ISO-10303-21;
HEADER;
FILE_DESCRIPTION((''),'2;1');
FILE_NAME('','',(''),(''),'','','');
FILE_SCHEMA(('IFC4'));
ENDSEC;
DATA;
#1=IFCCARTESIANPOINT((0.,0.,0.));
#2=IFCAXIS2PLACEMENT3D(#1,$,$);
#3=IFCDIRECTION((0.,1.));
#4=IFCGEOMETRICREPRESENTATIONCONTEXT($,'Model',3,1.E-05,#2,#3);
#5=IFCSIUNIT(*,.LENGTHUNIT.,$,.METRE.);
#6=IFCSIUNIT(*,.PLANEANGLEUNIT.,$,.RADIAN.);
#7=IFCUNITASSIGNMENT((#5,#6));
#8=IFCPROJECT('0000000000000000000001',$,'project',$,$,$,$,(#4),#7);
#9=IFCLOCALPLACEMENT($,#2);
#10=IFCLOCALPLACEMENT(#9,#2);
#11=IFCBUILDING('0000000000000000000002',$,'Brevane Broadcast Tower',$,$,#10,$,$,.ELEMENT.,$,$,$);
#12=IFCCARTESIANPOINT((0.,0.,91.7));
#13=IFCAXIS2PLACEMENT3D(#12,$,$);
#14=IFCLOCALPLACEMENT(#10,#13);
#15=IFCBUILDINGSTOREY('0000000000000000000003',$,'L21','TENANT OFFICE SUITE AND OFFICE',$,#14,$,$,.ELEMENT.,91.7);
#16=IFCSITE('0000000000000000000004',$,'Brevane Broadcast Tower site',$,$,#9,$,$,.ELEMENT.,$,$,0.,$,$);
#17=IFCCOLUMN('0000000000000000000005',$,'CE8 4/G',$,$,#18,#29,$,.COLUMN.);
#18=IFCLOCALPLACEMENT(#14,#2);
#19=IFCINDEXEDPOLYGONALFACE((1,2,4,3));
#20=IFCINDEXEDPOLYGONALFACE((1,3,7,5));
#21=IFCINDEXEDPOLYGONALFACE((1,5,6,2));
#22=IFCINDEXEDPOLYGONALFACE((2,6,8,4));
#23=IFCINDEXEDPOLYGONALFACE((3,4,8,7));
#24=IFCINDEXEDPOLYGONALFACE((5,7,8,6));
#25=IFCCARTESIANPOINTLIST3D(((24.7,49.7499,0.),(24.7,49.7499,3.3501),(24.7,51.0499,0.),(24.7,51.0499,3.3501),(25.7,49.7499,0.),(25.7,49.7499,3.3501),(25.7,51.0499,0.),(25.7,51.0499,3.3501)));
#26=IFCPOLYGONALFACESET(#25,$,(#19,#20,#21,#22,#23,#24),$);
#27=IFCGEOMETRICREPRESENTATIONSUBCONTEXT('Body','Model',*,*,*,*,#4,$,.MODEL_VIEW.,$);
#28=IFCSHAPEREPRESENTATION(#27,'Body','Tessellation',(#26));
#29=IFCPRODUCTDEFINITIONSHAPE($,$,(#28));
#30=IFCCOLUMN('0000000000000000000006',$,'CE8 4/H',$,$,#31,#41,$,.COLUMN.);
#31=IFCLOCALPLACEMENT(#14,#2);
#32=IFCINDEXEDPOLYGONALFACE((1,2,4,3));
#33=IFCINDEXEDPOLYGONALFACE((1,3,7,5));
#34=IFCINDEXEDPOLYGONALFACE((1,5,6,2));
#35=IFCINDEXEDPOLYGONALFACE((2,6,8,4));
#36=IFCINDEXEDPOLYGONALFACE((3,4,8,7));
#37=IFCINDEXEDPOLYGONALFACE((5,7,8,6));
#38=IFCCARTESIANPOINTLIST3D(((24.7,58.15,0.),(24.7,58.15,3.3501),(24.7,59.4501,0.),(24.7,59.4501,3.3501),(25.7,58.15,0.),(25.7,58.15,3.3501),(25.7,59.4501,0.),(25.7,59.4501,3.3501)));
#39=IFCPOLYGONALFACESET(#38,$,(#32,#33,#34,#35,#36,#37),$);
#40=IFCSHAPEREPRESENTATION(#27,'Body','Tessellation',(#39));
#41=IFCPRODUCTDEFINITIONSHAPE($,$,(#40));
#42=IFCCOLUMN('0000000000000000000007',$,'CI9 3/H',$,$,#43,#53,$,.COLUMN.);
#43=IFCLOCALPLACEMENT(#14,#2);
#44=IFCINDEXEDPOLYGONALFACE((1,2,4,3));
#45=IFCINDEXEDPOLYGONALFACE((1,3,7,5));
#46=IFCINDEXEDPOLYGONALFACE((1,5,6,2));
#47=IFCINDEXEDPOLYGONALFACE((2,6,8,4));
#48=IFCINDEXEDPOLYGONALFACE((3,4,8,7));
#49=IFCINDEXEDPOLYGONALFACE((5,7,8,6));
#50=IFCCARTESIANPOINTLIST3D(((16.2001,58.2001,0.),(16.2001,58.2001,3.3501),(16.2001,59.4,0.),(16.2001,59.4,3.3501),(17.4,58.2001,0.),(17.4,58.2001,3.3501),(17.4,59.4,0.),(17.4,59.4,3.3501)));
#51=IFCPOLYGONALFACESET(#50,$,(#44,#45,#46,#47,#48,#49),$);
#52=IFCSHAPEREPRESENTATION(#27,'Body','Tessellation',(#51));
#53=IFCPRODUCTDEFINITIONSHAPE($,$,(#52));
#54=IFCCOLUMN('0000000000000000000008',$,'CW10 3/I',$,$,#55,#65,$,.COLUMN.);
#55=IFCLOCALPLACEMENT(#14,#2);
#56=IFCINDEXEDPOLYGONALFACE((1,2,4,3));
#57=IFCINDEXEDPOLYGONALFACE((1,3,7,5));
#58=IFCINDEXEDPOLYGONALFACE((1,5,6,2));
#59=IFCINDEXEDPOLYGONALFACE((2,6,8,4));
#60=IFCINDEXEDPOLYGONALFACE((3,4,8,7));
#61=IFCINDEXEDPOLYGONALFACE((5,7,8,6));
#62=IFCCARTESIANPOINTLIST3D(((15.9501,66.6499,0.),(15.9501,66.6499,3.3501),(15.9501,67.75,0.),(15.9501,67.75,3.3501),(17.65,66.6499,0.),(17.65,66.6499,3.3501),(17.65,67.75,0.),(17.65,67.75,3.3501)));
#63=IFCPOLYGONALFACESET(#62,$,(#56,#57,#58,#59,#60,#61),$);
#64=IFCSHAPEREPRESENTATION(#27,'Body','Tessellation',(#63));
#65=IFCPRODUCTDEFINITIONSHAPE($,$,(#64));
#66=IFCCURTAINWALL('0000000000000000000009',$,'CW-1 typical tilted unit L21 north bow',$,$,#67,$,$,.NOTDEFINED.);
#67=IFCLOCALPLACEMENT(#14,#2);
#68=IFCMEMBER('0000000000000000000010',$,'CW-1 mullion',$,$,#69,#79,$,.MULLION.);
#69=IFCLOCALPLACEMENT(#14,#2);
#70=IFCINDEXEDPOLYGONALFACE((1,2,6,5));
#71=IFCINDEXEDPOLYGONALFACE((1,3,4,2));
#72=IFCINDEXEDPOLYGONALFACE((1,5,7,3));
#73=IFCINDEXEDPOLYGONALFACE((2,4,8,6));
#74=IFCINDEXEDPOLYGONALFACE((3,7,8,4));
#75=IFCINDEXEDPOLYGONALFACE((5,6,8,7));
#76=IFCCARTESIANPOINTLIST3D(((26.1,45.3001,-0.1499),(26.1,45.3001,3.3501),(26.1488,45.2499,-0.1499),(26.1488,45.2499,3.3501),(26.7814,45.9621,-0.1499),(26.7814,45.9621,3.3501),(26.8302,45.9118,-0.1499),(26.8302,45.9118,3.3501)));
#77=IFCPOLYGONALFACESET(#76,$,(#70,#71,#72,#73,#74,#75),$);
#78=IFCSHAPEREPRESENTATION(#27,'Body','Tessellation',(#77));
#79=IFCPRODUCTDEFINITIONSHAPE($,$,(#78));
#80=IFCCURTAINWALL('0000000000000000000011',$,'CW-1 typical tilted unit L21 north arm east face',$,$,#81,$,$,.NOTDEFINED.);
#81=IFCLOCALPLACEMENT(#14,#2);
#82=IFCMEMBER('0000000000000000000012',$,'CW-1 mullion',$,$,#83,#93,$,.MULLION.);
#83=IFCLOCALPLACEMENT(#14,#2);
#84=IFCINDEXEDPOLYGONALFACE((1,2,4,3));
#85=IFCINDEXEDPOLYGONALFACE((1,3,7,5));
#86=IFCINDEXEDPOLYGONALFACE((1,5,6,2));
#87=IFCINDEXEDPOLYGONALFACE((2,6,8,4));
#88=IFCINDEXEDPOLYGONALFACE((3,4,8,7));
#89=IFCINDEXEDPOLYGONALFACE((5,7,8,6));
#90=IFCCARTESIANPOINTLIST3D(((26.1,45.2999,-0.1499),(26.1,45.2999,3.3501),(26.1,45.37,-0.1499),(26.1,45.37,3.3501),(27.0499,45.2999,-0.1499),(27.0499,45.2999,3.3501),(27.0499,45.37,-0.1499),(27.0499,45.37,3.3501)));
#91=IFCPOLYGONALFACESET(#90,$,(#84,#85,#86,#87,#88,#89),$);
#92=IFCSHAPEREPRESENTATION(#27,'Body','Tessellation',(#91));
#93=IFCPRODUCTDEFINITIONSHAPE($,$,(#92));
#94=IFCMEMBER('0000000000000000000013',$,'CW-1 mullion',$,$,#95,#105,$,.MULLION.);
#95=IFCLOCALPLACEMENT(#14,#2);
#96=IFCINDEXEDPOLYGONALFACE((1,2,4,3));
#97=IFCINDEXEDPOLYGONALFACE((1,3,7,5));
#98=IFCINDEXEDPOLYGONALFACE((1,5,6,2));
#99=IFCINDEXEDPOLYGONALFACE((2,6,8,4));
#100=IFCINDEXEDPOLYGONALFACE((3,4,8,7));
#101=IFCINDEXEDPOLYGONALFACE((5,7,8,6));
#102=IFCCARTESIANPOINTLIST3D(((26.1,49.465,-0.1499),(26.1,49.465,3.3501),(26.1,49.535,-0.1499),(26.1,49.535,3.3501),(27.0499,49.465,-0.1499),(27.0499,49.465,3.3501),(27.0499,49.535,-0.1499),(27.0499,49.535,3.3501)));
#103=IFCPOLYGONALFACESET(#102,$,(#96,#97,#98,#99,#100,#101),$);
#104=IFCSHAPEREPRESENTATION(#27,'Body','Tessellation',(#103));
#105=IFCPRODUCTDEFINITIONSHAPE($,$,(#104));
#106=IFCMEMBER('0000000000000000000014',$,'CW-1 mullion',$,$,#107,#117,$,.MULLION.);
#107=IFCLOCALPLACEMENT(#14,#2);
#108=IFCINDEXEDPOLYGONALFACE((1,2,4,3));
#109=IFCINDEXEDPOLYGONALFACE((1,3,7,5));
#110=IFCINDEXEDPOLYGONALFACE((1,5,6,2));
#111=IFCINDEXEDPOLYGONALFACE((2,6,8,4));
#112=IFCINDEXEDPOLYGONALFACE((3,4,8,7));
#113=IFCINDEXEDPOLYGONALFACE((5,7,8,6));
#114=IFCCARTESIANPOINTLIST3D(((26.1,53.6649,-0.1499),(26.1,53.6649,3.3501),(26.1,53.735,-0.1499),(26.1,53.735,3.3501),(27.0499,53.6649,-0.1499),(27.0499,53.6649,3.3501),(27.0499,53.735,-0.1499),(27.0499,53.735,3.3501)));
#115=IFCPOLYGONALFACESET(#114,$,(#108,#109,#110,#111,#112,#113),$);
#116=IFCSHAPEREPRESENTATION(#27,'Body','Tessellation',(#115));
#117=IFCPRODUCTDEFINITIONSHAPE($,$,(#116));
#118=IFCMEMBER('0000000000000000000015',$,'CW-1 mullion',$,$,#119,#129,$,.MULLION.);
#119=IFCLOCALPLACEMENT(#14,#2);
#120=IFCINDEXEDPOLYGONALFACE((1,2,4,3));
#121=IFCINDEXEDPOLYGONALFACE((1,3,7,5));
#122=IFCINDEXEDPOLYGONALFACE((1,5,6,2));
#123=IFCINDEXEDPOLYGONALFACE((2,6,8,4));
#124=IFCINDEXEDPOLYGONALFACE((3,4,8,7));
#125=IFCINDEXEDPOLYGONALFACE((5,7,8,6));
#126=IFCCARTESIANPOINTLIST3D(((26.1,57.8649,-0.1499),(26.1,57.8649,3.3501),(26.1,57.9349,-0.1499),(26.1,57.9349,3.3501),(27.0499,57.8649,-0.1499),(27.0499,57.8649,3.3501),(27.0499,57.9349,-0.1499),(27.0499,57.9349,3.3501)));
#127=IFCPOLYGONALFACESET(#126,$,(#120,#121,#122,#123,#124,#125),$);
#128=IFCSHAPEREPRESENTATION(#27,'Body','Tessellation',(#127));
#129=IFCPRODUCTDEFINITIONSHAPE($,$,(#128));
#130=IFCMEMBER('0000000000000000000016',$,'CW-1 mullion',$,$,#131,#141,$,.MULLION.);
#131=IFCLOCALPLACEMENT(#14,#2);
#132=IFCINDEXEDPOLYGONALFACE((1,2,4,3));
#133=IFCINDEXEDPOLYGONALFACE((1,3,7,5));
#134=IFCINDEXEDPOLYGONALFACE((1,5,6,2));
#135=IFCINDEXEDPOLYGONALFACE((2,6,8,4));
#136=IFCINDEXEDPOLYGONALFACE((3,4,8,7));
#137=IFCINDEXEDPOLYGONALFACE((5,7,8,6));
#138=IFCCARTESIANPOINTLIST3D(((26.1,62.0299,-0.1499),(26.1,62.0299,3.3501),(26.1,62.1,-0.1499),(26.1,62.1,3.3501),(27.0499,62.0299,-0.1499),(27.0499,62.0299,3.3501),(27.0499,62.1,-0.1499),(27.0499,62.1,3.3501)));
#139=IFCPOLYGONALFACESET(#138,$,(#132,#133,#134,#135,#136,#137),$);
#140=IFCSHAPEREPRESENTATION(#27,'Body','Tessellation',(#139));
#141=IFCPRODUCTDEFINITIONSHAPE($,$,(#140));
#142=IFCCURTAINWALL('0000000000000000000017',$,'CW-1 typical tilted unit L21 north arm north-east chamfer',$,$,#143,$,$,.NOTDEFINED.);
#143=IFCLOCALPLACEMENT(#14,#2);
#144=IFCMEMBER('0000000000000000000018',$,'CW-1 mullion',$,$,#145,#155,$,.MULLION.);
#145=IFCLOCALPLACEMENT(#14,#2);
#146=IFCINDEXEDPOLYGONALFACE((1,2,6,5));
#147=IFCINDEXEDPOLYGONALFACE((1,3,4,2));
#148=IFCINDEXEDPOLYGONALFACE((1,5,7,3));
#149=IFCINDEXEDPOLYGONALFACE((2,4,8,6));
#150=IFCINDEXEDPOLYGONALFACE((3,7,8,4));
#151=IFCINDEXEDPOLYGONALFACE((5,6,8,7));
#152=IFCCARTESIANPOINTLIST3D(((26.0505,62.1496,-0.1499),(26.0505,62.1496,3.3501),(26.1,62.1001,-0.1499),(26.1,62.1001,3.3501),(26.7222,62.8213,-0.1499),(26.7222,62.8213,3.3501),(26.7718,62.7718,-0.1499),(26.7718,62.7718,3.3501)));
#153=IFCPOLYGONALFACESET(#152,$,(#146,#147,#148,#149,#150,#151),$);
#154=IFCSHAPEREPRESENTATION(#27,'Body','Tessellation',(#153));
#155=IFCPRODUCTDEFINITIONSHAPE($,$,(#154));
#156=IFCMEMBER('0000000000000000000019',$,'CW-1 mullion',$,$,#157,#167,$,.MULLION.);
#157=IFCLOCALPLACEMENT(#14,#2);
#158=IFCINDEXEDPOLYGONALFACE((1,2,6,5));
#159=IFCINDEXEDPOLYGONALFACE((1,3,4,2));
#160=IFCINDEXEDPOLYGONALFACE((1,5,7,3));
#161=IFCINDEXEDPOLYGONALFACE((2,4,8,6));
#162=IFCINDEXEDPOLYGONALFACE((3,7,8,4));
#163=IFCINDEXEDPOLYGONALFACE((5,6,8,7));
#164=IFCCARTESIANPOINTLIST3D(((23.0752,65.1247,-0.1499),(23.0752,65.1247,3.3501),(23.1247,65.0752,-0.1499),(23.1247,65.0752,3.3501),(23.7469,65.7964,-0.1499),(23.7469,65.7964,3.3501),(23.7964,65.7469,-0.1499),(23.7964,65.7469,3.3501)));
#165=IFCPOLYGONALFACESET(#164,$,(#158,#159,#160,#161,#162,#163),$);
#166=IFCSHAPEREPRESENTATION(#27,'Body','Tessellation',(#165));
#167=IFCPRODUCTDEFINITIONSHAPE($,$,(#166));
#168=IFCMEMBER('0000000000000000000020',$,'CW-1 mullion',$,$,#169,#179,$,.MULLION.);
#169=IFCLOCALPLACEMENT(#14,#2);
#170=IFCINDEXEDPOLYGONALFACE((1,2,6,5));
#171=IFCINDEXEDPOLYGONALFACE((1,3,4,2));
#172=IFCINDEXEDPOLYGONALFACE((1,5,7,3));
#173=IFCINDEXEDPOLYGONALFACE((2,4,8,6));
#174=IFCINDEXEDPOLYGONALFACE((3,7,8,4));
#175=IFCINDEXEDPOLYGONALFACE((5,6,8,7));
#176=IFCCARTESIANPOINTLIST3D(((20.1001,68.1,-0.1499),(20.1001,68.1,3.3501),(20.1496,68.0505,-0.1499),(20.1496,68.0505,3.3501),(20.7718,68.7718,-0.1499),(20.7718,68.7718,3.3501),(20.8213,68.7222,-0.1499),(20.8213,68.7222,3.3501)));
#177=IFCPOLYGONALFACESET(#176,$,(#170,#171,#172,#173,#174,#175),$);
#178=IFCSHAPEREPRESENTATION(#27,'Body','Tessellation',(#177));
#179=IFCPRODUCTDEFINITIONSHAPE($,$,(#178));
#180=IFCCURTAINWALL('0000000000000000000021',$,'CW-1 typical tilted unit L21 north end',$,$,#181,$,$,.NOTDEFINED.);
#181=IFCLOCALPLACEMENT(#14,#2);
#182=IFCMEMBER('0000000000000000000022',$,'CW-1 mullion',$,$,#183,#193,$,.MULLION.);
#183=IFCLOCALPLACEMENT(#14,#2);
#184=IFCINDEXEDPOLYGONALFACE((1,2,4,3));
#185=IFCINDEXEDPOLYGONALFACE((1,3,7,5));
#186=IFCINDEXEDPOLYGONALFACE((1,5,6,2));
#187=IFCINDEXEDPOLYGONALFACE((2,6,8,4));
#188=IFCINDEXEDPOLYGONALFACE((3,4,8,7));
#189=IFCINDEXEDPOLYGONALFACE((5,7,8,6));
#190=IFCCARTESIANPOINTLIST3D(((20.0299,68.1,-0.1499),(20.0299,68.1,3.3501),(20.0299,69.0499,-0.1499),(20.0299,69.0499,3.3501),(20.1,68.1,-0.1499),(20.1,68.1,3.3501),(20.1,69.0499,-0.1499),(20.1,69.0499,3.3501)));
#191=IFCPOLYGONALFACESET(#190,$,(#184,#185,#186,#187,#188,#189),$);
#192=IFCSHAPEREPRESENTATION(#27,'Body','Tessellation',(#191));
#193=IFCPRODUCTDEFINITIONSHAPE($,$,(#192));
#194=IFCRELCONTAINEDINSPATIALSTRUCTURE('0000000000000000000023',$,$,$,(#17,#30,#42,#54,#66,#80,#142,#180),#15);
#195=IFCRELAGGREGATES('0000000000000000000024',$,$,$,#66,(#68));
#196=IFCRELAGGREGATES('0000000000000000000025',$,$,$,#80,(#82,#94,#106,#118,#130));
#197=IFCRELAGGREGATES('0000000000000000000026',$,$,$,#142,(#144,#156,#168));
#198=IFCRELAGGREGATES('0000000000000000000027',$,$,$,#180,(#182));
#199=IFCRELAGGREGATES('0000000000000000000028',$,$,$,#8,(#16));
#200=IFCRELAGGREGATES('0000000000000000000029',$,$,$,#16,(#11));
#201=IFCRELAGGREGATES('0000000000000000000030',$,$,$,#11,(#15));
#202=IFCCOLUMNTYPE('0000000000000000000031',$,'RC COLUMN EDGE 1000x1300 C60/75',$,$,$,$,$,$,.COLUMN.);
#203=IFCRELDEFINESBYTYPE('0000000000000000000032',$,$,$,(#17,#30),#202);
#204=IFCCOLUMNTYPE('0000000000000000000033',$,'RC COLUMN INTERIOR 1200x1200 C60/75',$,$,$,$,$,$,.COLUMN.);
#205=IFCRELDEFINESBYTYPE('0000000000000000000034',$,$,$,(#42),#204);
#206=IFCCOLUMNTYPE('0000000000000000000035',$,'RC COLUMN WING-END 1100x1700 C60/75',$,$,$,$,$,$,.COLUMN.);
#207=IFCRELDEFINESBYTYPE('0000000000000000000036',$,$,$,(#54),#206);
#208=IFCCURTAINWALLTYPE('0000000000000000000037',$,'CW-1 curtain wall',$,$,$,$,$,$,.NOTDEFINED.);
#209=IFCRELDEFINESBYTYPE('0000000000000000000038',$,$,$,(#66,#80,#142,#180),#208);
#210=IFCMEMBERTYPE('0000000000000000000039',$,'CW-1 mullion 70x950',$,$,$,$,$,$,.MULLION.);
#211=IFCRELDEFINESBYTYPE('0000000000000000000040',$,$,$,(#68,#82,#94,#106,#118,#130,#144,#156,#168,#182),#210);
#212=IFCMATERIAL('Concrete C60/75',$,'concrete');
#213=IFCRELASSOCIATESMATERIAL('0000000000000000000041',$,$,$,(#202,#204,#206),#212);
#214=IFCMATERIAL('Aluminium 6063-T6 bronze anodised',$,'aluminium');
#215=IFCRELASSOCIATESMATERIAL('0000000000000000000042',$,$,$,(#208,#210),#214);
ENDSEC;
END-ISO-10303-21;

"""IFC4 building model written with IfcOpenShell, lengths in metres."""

from ifc_helpers import new_model, si_unit, direction, frame, origin, origin_2d, place, context, subcontext, project, spatial, rectangle, extrude, material, material_profile, profile_set, type_object, element, aggregate, save


model = new_model("IFC4")

# Units and contexts
model_context = context("Model", 3, precision=1e-05, world=origin(), true_north=direction((0.0, 1.0)))
body_context = subcontext(model_context, "Body", "Model", "MODEL_VIEW")
ifc_project = project(units=[si_unit("LENGTHUNIT", "METRE"), si_unit("PLANEANGLEUNIT", "RADIAN")], contexts=[model_context])

# Site, building, storey
site_placement = place(None, origin())
site = spatial("IfcSite", under=ifc_project, at=site_placement, Name="Brevane Broadcast Tower site", CompositionType="ELEMENT", RefElevation=0.0)
building_placement = place(site_placement, origin())
building = spatial("IfcBuilding", under=site, at=building_placement, Name="Brevane Broadcast Tower", CompositionType="ELEMENT")
storey_placement = place(building_placement, frame((0.0, 0.0, 91.7)))
storey = spatial("IfcBuildingStorey", under=building, at=storey_placement, Name="L21", Description="TENANT OFFICE SUITE AND OFFICE", CompositionType="ELEMENT", Elevation=91.7)

# Columns
ifc_material_1 = material(Name="Concrete C60/75", Category="concrete")
ifc_material_profile_1 = material_profile(ifc_material_1, rectangle(XDim=1.0, YDim=1.3, at=origin_2d()), Name="RC 1000x1300")
ifc_profile_set_1 = profile_set([ifc_material_profile_1], Name="Concrete C60/75")
column_type_1 = type_object("IfcColumnType", Name="RC COLUMN EDGE 1000x1300 C60/75", PredefinedType="COLUMN", material=ifc_profile_set_1)
for number, where, z_axis, x_axis, name in (
    (1, (25.2, 50.3999, 0.0), (0.0, 0.0, 1.0), (1.0, 0.0, 0.0), "CE8 4/G"),
    (2, (25.2, 58.8, 0.0), (0.0, 0.0, 1.0), (1.0, 0.0, 0.0), "CE8 4/H"),
):
    element("IfcColumn", number, at=place(storey_placement, frame(where, z_axis=z_axis, x_axis=x_axis)), inside=storey, type_object=column_type_1, Name=name, PredefinedType="COLUMN", context=body_context, shape_type="SweptSolid", body=[
        extrude(rectangle(XDim=1.0, YDim=1.3, at=origin_2d()), origin(), (0.0, 0.0, 1.0), 3.3501),
    ])
ifc_material_profile_2 = material_profile(ifc_material_1, rectangle(XDim=1.2, YDim=1.2, at=origin_2d()), Name="RC 1200x1200")
ifc_profile_set_2 = profile_set([ifc_material_profile_2], Name="Concrete C60/75")
column_type_2 = type_object("IfcColumnType", Name="RC COLUMN INTERIOR 1200x1200 C60/75", PredefinedType="COLUMN", material=ifc_profile_set_2)
column_1_placement = place(storey_placement, frame((16.8, 58.8, 0.0), z_axis=(0.0, 0.0, 1.0), x_axis=(1.0, 0.0, 0.0)))
element("IfcColumn", 3, at=column_1_placement, inside=storey, type_object=column_type_2, Name="CI9 3/H", PredefinedType="COLUMN", context=body_context, shape_type="SweptSolid", body=[
    extrude(rectangle(XDim=1.2, YDim=1.2, at=origin_2d()), origin(), (0.0, 0.0, 1.0), 3.3501),
])
ifc_material_profile_3 = material_profile(ifc_material_1, rectangle(XDim=1.1001, YDim=1.7, at=origin_2d()), Name="RC 1100x1700")
ifc_profile_set_3 = profile_set([ifc_material_profile_3], Name="Concrete C60/75")
column_type_3 = type_object("IfcColumnType", Name="RC COLUMN WING-END 1100x1700 C60/75", PredefinedType="COLUMN", material=ifc_profile_set_3)
column_2_placement = place(storey_placement, frame((16.8, 67.2, 0.0), z_axis=(0.0, 0.0, 1.0), x_axis=(0.0, 1.0, 0.0)))
element("IfcColumn", 4, at=column_2_placement, inside=storey, type_object=column_type_3, Name="CW10 3/I", PredefinedType="COLUMN", context=body_context, shape_type="SweptSolid", body=[
    extrude(rectangle(XDim=1.1001, YDim=1.7, at=origin_2d()), origin(), (0.0, 0.0, 1.0), 3.3501),
])

# Curtain wall, member
ifc_material_2 = material(Name="Aluminium 6063-T6 bronze anodised", Category="aluminium")
curtain_wall_type = type_object("IfcCurtainWallType", Name="CW-1 curtain wall", PredefinedType="NOTDEFINED", material=ifc_material_2)
curtain_wall_1_placement = place(storey_placement, origin())
curtain_wall_1 = element("IfcCurtainWall", 5, at=curtain_wall_1_placement, inside=storey, type_object=curtain_wall_type, Name="CW-1 typical tilted unit L21 north bow", PredefinedType="NOTDEFINED")
ifc_material_profile_4 = material_profile(ifc_material_2, rectangle(XDim=0.95, YDim=0.0701, at=origin_2d()), Name="RECT 70x950")
ifc_profile_set_4 = profile_set([ifc_material_profile_4], Name="Aluminium 6063-T6 bronze anodised")
member_type_1 = type_object("IfcMemberType", Name="CW-1 mullion 70x950", PredefinedType="MULLION", material=ifc_profile_set_4)
member_1_placement = place(storey_placement, frame((26.4651, 45.606, -0.1499), z_axis=(0.0, 0.0, 1.0), x_axis=(-0.717254, -0.696812, 0.0)))
member_1 = element("IfcMember", 6, at=member_1_placement, type_object=member_type_1, Name="CW-1 mullion", PredefinedType="MULLION", context=body_context, shape_type="SweptSolid", body=[
    extrude(rectangle(XDim=0.95, YDim=0.0701, at=origin_2d()), origin(), (0.0, 0.0, 1.0), 3.5),
])
aggregate(curtain_wall_1, [member_1])

# Curtain walls, members
curtain_wall_2_placement = place(storey_placement, origin())
curtain_wall_2 = element("IfcCurtainWall", 7, at=curtain_wall_2_placement, inside=storey, type_object=curtain_wall_type, Name="CW-1 typical tilted unit L21 north arm east face", PredefinedType="NOTDEFINED")
member_2_placement = place(storey_placement, frame((26.575, 45.335, -0.1499), z_axis=(0.0, 0.0, 1.0), x_axis=(-1.0, 0.0, 0.0)))
member_2 = element("IfcMember", 8, at=member_2_placement, type_object=member_type_1, Name="CW-1 mullion", PredefinedType="MULLION", context=body_context, shape_type="SweptSolid", body=[
    extrude(rectangle(XDim=0.95, YDim=0.0701, at=origin_2d()), origin(), (0.0, 0.0, 1.0), 3.5),
])
member_3_placement = place(storey_placement, frame((26.575, 49.5, -0.1499), z_axis=(0.0, 0.0, 1.0), x_axis=(-1.0, 0.0, 0.0)))
member_3 = element("IfcMember", 9, at=member_3_placement, type_object=member_type_1, Name="CW-1 mullion", PredefinedType="MULLION", context=body_context, shape_type="SweptSolid", body=[
    extrude(rectangle(XDim=0.95, YDim=0.0701, at=origin_2d()), origin(), (0.0, 0.0, 1.0), 3.5),
])
member_4_placement = place(storey_placement, frame((26.575, 53.7, -0.1499), z_axis=(0.0, 0.0, 1.0), x_axis=(-1.0, 0.0, 0.0)))
member_4 = element("IfcMember", 10, at=member_4_placement, type_object=member_type_1, Name="CW-1 mullion", PredefinedType="MULLION", context=body_context, shape_type="SweptSolid", body=[
    extrude(rectangle(XDim=0.95, YDim=0.0701, at=origin_2d()), origin(), (0.0, 0.0, 1.0), 3.5),
])
member_5_placement = place(storey_placement, frame((26.575, 57.8999, -0.1499), z_axis=(0.0, 0.0, 1.0), x_axis=(-1.0, 0.0, 0.0)))
member_5 = element("IfcMember", 11, at=member_5_placement, type_object=member_type_1, Name="CW-1 mullion", PredefinedType="MULLION", context=body_context, shape_type="SweptSolid", body=[
    extrude(rectangle(XDim=0.95, YDim=0.0701, at=origin_2d()), origin(), (0.0, 0.0, 1.0), 3.5),
])
member_6_placement = place(storey_placement, frame((26.575, 62.0649, -0.1499), z_axis=(0.0, 0.0, 1.0), x_axis=(-1.0, 0.0, 0.0)))
member_6 = element("IfcMember", 12, at=member_6_placement, type_object=member_type_1, Name="CW-1 mullion", PredefinedType="MULLION", context=body_context, shape_type="SweptSolid", body=[
    extrude(rectangle(XDim=0.95, YDim=0.0701, at=origin_2d()), origin(), (0.0, 0.0, 1.0), 3.5),
])
curtain_wall_3_placement = place(storey_placement, origin())
curtain_wall_3 = element("IfcCurtainWall", 13, at=curtain_wall_3_placement, inside=storey, type_object=curtain_wall_type, Name="CW-1 typical tilted unit L21 north arm north-east chamfer", PredefinedType="NOTDEFINED")
member_7_placement = place(storey_placement, frame((26.4111, 62.4607, -0.1499), z_axis=(0.0, 0.0, 1.0), x_axis=(-0.707107, -0.707107, 0.0)))
member_7 = element("IfcMember", 14, at=member_7_placement, type_object=member_type_1, Name="CW-1 mullion", PredefinedType="MULLION", context=body_context, shape_type="SweptSolid", body=[
    extrude(rectangle(XDim=0.95, YDim=0.0701, at=origin_2d()), origin(), (0.0, 0.0, 1.0), 3.5),
])
member_8_placement = place(storey_placement, frame((23.4358, 65.4358, -0.1499), z_axis=(0.0, 0.0, 1.0), x_axis=(-0.707107, -0.707107, 0.0)))
member_8 = element("IfcMember", 15, at=member_8_placement, type_object=member_type_1, Name="CW-1 mullion", PredefinedType="MULLION", context=body_context, shape_type="SweptSolid", body=[
    extrude(rectangle(XDim=0.95, YDim=0.0701, at=origin_2d()), origin(), (0.0, 0.0, 1.0), 3.5),
])
member_9_placement = place(storey_placement, frame((20.4607, 68.4111, -0.1499), z_axis=(0.0, 0.0, 1.0), x_axis=(-0.707107, -0.707107, 0.0)))
member_9 = element("IfcMember", 16, at=member_9_placement, type_object=member_type_1, Name="CW-1 mullion", PredefinedType="MULLION", context=body_context, shape_type="SweptSolid", body=[
    extrude(rectangle(XDim=0.95, YDim=0.0701, at=origin_2d()), origin(), (0.0, 0.0, 1.0), 3.5),
])

# Curtain wall, member
curtain_wall_4_placement = place(storey_placement, origin())
curtain_wall_4 = element("IfcCurtainWall", 17, at=curtain_wall_4_placement, inside=storey, type_object=curtain_wall_type, Name="CW-1 typical tilted unit L21 north end", PredefinedType="NOTDEFINED")
member_10_placement = place(storey_placement, frame((20.0649, 68.575, -0.1499), z_axis=(0.0, 0.0, 1.0), x_axis=(0.0, -1.0, 0.0)))
member_10 = element("IfcMember", 18, at=member_10_placement, type_object=member_type_1, Name="CW-1 mullion", PredefinedType="MULLION", context=body_context, shape_type="SweptSolid", body=[
    extrude(rectangle(XDim=0.95, YDim=0.0701, at=origin_2d()), origin(), (0.0, 0.0, 1.0), 3.5),
])

aggregate(curtain_wall_2, [member_2, member_3, member_4, member_5, member_6])
aggregate(curtain_wall_3, [member_7, member_8, member_9])
aggregate(curtain_wall_4, [member_10])

save(model, "model.ifc")
